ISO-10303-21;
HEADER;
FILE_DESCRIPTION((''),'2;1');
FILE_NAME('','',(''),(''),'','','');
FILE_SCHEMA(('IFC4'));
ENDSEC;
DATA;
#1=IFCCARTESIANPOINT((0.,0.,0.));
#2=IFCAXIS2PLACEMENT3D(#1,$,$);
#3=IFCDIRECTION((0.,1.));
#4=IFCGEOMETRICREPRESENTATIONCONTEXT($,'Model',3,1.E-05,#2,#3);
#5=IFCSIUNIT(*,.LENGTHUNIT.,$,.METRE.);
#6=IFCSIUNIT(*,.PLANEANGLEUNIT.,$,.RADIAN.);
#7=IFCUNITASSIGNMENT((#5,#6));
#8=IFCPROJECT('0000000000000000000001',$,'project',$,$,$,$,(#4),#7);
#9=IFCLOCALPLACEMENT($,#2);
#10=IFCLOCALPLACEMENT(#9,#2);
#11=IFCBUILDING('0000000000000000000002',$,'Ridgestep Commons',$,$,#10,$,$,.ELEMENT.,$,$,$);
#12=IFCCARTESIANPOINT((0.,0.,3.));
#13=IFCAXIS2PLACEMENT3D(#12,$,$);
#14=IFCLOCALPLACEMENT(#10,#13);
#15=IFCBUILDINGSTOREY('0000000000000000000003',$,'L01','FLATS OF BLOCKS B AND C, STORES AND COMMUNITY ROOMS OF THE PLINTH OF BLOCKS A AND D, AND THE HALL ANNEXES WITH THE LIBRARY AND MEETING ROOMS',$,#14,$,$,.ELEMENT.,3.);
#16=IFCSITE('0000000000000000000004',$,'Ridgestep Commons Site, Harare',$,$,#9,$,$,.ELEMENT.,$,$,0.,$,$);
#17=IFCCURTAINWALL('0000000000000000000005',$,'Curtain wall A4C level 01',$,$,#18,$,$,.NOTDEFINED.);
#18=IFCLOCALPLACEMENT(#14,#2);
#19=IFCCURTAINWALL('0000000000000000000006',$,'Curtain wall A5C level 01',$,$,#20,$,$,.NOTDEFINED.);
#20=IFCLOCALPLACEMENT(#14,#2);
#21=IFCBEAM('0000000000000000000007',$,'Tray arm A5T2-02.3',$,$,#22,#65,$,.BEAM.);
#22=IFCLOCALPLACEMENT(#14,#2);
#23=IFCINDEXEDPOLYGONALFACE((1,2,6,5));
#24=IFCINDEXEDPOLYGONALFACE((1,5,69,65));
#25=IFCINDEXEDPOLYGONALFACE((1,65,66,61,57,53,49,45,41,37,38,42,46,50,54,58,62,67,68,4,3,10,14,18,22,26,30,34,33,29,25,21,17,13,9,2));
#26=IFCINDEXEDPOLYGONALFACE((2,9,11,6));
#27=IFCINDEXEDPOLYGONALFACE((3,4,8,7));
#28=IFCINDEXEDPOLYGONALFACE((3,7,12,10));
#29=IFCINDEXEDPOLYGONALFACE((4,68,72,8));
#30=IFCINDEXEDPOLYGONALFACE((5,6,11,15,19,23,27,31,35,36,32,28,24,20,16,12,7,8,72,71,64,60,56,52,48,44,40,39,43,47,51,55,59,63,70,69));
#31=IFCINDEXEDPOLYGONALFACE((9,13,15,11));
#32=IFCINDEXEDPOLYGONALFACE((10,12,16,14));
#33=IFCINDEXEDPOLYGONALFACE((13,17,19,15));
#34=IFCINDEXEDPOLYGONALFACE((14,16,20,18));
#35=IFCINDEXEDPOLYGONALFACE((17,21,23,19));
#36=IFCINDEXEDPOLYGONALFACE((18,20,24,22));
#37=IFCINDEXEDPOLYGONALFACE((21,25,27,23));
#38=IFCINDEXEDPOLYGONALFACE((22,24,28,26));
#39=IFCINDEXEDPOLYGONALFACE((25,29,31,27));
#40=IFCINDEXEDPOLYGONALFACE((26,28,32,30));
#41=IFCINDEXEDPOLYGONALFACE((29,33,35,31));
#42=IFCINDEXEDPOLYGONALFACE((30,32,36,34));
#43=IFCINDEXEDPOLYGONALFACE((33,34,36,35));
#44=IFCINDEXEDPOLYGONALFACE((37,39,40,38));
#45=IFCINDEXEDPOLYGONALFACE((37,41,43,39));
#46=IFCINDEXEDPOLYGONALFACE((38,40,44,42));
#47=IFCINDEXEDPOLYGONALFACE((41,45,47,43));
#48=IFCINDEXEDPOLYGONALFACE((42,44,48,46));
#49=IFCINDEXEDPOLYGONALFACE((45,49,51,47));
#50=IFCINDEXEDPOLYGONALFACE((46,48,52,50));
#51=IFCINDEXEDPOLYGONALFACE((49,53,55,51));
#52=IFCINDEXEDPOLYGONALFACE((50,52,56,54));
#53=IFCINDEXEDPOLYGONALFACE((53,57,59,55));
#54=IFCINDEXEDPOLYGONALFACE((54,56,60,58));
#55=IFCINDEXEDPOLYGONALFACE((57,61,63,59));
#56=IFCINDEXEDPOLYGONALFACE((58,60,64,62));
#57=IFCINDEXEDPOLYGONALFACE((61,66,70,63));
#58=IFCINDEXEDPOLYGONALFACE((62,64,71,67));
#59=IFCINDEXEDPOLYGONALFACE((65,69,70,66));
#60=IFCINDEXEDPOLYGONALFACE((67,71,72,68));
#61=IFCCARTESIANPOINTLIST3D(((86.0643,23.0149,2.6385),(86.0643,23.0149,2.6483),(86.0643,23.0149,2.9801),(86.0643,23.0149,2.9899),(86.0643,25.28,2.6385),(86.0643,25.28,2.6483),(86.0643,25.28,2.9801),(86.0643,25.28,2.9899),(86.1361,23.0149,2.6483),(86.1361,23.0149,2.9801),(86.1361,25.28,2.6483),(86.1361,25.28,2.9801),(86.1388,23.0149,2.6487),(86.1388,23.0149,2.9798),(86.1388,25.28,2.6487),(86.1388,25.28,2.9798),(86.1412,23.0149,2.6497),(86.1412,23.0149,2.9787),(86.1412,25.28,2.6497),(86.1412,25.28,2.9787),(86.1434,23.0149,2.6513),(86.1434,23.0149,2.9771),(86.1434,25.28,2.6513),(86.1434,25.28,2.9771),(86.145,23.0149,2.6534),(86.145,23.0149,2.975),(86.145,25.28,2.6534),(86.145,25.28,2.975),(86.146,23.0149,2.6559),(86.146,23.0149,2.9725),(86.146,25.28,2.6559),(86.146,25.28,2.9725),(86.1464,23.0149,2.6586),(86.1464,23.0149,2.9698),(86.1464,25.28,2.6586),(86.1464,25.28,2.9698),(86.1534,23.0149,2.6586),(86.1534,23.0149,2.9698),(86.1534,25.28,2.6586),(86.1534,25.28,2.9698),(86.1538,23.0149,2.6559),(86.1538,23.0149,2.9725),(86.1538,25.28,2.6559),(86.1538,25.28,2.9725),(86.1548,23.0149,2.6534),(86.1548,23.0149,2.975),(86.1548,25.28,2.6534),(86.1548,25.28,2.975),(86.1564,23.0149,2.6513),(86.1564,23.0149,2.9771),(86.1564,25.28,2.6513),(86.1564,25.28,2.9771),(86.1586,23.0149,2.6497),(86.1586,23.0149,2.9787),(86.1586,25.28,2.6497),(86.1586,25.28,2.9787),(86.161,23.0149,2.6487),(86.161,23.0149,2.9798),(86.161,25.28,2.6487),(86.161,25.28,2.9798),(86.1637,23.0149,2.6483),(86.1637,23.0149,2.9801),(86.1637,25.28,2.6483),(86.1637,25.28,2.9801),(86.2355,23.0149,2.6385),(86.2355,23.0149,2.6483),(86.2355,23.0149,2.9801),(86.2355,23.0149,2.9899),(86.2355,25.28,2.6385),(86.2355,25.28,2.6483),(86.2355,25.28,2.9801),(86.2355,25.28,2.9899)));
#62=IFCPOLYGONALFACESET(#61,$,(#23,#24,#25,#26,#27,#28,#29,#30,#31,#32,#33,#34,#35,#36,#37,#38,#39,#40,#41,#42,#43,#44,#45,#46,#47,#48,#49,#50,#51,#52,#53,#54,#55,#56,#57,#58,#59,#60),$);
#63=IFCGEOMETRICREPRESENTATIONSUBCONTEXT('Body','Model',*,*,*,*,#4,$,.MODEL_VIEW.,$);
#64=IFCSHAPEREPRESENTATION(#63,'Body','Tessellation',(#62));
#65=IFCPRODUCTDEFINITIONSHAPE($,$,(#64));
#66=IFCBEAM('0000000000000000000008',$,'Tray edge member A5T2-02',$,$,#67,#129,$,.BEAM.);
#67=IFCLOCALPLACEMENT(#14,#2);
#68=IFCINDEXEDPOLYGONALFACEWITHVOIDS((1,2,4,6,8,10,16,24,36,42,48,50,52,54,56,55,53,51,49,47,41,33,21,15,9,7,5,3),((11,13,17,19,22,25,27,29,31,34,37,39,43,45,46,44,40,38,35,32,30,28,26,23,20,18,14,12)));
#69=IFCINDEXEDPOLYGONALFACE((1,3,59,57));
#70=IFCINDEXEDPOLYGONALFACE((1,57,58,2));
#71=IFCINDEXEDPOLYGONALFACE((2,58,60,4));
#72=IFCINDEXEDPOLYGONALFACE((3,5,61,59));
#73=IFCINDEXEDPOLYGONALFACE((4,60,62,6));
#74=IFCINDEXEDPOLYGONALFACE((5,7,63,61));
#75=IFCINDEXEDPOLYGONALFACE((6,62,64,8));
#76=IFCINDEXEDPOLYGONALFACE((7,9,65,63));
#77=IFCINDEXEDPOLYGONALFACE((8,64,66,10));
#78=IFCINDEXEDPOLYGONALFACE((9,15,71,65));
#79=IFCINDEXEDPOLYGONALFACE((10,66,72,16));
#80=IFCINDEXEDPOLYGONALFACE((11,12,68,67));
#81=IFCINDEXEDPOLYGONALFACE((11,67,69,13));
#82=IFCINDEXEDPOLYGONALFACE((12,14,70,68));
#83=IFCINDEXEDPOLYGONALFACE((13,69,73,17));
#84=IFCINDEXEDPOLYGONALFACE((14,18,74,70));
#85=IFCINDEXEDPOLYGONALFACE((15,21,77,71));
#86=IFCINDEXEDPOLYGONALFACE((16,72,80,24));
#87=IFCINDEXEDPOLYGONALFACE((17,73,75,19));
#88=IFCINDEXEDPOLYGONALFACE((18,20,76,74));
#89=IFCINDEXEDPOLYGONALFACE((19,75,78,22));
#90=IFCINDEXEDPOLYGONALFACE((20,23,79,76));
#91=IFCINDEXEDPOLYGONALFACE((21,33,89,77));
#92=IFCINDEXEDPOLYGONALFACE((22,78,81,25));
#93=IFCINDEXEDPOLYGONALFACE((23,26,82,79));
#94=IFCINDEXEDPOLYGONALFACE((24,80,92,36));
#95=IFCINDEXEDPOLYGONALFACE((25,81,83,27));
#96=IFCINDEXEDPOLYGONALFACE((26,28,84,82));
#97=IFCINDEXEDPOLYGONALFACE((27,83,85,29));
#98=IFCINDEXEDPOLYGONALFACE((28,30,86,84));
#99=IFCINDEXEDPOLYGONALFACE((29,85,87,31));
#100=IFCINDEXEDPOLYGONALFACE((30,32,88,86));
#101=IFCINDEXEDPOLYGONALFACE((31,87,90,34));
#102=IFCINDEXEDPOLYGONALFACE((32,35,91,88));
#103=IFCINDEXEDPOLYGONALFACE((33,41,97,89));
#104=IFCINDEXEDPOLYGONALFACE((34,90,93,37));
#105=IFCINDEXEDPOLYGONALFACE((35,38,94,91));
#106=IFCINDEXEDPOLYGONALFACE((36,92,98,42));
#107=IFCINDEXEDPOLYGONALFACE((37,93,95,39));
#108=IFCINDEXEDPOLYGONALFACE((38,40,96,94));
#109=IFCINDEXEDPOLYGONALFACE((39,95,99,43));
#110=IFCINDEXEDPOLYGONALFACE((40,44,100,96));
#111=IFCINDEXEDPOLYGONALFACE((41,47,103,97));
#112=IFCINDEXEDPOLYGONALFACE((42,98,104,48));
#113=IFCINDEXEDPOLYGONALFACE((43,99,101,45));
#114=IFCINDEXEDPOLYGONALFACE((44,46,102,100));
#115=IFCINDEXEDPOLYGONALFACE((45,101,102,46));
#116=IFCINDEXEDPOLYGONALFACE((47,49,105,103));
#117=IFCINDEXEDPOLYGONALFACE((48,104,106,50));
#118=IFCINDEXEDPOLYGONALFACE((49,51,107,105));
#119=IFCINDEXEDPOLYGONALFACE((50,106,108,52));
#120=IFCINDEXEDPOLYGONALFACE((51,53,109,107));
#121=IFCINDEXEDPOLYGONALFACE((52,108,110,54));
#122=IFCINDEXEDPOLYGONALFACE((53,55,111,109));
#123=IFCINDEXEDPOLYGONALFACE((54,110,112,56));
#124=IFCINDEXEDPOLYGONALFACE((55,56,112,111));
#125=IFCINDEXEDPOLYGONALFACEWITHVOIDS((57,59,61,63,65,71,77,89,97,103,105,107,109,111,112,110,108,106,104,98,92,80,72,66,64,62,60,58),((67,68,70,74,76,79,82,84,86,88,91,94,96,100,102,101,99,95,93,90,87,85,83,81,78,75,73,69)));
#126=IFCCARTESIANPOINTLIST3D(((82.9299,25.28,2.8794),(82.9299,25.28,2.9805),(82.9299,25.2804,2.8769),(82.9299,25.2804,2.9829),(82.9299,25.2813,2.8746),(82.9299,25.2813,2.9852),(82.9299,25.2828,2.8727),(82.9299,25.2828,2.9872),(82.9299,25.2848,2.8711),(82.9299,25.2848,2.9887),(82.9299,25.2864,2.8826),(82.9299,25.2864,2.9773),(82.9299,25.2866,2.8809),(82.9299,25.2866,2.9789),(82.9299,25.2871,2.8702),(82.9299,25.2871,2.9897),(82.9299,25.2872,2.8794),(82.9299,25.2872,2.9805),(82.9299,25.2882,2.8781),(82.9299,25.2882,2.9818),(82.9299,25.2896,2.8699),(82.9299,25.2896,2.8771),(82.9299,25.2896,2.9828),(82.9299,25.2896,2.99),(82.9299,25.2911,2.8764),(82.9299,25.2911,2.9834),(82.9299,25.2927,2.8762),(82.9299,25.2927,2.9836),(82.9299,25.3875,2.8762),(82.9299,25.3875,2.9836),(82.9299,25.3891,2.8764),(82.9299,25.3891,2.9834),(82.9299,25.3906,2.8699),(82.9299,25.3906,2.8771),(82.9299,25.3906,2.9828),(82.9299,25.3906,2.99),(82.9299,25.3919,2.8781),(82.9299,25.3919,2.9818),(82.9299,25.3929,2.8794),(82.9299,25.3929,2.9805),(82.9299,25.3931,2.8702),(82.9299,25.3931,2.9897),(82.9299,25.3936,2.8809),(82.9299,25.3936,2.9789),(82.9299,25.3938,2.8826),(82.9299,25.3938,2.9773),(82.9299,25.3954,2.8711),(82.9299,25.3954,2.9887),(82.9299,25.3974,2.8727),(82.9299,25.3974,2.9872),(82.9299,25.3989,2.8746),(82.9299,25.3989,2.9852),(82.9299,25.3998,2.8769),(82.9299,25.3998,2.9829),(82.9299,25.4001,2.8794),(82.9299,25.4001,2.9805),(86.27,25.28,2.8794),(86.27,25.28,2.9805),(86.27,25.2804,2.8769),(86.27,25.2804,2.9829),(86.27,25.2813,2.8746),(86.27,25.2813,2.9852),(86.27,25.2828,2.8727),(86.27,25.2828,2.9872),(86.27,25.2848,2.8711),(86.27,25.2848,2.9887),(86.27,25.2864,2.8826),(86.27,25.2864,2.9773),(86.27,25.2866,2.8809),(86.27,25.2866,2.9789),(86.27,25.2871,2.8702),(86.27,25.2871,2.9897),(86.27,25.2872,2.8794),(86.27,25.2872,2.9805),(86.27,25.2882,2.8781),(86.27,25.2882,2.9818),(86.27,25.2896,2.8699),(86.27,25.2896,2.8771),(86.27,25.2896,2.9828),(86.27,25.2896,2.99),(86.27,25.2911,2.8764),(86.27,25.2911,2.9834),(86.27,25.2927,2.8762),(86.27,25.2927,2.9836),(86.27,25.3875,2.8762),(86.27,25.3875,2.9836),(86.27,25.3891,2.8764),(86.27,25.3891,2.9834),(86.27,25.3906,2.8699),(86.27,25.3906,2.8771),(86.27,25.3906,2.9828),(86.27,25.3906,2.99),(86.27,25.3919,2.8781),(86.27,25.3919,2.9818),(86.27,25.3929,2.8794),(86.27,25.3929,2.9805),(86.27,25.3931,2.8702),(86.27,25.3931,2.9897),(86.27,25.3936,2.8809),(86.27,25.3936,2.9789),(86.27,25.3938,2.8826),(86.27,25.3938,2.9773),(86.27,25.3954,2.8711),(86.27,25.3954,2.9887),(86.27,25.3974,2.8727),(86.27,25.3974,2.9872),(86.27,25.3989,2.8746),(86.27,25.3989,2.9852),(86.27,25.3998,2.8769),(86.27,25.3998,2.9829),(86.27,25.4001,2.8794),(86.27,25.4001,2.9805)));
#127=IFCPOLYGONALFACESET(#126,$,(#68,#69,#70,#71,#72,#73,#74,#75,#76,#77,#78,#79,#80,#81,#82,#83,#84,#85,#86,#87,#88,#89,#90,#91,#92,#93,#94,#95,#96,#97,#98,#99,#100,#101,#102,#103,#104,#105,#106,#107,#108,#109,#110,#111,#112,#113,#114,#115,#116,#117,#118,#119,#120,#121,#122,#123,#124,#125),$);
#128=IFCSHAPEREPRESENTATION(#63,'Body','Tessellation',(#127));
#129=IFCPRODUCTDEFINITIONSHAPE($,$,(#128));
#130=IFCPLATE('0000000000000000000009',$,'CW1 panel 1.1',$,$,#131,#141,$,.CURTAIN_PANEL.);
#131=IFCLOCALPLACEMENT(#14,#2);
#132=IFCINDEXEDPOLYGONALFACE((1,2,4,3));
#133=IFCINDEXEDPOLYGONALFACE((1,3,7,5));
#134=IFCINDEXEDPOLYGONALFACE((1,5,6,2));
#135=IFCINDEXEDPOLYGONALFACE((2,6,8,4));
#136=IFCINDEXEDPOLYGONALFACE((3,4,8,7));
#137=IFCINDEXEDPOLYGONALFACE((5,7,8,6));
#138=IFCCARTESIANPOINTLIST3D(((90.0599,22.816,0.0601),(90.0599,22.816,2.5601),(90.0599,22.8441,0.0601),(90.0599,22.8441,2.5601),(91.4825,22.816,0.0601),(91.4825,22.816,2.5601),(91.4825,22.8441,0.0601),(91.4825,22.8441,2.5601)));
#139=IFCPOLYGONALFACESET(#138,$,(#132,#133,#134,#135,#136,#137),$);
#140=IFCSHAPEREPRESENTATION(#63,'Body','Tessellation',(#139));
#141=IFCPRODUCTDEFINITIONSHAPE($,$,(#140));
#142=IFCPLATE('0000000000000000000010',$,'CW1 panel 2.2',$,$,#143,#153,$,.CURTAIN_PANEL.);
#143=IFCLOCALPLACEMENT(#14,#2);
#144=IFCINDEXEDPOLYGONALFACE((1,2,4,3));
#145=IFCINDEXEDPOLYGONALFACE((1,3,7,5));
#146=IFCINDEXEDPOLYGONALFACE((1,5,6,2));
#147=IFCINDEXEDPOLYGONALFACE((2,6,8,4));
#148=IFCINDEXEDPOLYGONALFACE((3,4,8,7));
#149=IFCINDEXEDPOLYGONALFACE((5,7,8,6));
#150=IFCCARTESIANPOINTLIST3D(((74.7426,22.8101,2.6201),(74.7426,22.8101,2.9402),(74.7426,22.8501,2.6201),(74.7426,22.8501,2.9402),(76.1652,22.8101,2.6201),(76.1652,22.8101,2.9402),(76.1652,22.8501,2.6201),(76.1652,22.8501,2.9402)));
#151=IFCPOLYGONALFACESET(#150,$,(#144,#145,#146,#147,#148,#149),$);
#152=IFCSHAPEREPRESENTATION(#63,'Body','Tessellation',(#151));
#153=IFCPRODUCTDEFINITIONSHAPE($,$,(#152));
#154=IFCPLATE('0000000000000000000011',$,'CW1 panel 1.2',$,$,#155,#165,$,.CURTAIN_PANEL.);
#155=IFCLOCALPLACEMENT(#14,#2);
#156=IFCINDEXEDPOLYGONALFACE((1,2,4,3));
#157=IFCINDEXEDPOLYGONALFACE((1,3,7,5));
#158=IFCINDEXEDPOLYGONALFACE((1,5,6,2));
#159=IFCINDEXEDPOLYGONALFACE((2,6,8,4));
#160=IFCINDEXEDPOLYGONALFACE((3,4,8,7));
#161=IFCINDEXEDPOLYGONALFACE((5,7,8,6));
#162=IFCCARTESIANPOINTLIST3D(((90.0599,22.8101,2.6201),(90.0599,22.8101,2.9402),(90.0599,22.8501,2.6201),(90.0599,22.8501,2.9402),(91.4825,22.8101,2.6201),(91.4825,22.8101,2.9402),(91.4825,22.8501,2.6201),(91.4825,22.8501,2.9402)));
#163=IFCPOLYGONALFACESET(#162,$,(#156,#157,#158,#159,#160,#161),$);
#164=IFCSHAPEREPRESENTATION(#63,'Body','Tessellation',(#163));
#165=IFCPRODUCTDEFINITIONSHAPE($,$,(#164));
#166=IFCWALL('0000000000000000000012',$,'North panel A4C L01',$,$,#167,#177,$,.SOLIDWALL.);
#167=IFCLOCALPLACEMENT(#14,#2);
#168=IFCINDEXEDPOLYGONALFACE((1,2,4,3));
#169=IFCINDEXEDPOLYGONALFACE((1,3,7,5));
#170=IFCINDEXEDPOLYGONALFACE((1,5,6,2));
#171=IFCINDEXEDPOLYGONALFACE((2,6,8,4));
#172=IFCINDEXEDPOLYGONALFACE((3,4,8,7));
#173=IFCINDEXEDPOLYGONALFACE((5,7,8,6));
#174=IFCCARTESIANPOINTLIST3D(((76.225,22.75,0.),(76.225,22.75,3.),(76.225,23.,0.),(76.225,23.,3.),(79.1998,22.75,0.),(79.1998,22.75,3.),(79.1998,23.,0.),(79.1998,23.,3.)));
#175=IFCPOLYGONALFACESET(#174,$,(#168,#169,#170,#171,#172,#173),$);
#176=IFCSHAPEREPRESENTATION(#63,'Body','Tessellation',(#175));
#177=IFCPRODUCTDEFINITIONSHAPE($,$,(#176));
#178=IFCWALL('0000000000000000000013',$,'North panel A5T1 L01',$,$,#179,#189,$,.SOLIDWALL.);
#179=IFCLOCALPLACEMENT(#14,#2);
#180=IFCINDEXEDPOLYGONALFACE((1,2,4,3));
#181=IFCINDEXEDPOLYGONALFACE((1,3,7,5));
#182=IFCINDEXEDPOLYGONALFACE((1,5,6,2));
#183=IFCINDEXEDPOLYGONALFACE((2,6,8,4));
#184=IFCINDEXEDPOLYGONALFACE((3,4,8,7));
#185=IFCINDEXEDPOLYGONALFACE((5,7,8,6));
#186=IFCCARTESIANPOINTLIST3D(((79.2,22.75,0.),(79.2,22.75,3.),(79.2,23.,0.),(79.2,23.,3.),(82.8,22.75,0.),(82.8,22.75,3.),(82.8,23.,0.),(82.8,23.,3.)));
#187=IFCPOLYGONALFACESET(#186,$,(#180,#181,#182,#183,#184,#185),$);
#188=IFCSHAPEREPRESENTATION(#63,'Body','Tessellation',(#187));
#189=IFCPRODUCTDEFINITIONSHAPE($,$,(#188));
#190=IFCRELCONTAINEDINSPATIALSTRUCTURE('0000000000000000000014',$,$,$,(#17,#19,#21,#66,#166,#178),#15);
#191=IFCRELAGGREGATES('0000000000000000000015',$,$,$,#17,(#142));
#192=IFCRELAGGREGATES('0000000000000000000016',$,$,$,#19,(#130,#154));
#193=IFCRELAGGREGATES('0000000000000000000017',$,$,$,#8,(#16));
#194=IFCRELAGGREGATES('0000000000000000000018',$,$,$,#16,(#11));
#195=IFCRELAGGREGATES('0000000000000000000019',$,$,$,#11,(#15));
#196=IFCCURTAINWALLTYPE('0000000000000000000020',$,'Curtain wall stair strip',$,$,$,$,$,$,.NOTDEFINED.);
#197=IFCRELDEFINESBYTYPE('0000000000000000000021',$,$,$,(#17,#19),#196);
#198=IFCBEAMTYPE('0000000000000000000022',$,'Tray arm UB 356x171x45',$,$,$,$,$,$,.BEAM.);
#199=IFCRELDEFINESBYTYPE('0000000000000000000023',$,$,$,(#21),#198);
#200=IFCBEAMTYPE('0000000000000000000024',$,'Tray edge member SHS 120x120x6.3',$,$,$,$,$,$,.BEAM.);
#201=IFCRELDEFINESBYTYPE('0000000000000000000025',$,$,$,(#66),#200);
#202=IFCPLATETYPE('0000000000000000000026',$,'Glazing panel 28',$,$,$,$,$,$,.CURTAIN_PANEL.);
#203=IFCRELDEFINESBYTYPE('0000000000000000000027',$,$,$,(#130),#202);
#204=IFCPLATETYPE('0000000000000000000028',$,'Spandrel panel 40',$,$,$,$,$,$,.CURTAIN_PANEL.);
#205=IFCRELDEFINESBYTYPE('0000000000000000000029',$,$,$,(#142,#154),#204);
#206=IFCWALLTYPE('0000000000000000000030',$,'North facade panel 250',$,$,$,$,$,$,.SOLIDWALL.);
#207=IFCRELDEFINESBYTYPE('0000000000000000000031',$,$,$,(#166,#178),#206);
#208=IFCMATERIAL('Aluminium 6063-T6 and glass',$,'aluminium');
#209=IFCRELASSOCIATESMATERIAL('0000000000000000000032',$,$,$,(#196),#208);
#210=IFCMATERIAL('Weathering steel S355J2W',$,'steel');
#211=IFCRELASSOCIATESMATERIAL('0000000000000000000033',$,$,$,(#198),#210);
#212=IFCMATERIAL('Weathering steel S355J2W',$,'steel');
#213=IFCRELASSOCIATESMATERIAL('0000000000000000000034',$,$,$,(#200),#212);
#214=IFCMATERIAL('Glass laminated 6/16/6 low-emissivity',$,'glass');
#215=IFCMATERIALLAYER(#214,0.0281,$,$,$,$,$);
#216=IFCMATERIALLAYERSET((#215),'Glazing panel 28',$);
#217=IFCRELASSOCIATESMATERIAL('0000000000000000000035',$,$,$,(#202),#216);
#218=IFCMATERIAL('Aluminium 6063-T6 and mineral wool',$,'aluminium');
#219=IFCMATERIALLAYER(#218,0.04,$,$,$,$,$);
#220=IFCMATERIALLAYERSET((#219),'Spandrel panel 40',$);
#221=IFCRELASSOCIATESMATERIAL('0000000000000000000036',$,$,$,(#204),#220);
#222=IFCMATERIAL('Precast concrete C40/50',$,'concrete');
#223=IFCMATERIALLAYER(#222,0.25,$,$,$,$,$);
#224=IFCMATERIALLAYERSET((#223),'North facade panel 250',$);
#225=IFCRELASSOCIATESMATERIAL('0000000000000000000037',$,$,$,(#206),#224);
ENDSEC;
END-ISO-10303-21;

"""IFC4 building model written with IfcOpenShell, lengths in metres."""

from ifc_helpers import new_model, si_unit, direction, frame, frame_2d, origin, origin_2d, place, context, subcontext, project, spatial, rectangle, hollow_rectangle, i_section, extrude, material, layer, layer_set, material_profile, profile_set, type_object, element, aggregate, save


model = new_model("IFC4")

# Units and contexts
model_context = context("Model", 3, precision=1e-05, world=origin(), true_north=direction((0.0, 1.0)))
body_context = subcontext(model_context, "Body", "Model", "MODEL_VIEW")
ifc_project = project(units=[si_unit("LENGTHUNIT", "METRE"), si_unit("PLANEANGLEUNIT", "RADIAN")], contexts=[model_context])

# Site, building, storey
site_placement = place(None, origin())
site = spatial("IfcSite", under=ifc_project, at=site_placement, Name="Ridgestep Commons Site, Harare", CompositionType="ELEMENT", RefElevation=0.0)
building_placement = place(site_placement, origin())
building = spatial("IfcBuilding", under=site, at=building_placement, Name="Ridgestep Commons", CompositionType="ELEMENT")
storey_placement = place(building_placement, frame((0.0, 0.0, 3.0)))
storey = spatial("IfcBuildingStorey", under=building, at=storey_placement, Name="L01", Description="FLATS OF BLOCKS B AND C, STORES AND COMMUNITY ROOMS OF THE PLINTH OF BLOCKS A AND D, AND THE HALL ANNEXES WITH THE LIBRARY AND MEETING ROOMS", CompositionType="ELEMENT", Elevation=3.0)

# Curtain wall
ifc_material_1 = material(Name="Aluminium 6063-T6 and glass", Category="aluminium")
curtain_wall_type = type_object("IfcCurtainWallType", Name="Curtain wall stair strip", PredefinedType="NOTDEFINED", material=ifc_material_1)
curtain_wall_1_placement = place(storey_placement, origin())
curtain_wall_1 = element("IfcCurtainWall", 1, at=curtain_wall_1_placement, inside=storey, type_object=curtain_wall_type, Name="Curtain wall A4C level 01", PredefinedType="NOTDEFINED")

# Curtain wall
curtain_wall_2_placement = place(storey_placement, origin())
curtain_wall_2 = element("IfcCurtainWall", 2, at=curtain_wall_2_placement, inside=storey, type_object=curtain_wall_type, Name="Curtain wall A5C level 01", PredefinedType="NOTDEFINED")

# Beams
ifc_material_2 = material(Name="Weathering steel S355J2W", Category="steel")
ifc_material_profile_1 = material_profile(ifc_material_2, i_section(OverallWidth=0.1711, OverallDepth=0.3513, WebThickness=0.0071, FlangeThickness=0.0098, FilletRadius=0.0103, at=origin_2d()), Name="UB 356x171x45")
ifc_profile_set_1 = profile_set([ifc_material_profile_1], Name="Weathering steel S355J2W")
beam_type_1 = type_object("IfcBeamType", Name="Tray arm UB 356x171x45", PredefinedType="BEAM", material=ifc_profile_set_1)
for number, where, z_axis, x_axis, name in (
    (3, (86.1499, 23.0149, 2.8142), (0.0, 1.0, 0.0), (-1.0, 0.0, 0.0), "Tray arm A5T2-02.3"),
):
    element("IfcBeam", number, at=place(storey_placement, frame(where, z_axis=z_axis, x_axis=x_axis)), inside=storey, type_object=beam_type_1, Name=name, PredefinedType="BEAM", context=body_context, shape_type="SweptSolid", body=[
        extrude(i_section(OverallWidth=0.1711, OverallDepth=0.3513, WebThickness=0.0071, FlangeThickness=0.0098, FilletRadius=0.0103, at=origin_2d()), origin(), (0.0, 0.0, 1.0), 2.2651),
    ])
ifc_material_3 = material(Name="Weathering steel S355J2W", Category="steel")
ifc_material_profile_2 = material_profile(ifc_material_3, hollow_rectangle(XDim=0.1201, YDim=0.1201, WallThickness=0.0063, InnerFilletRadius=0.0063, OuterFilletRadius=0.0095, at=origin_2d()), Name="SHS 120x120x6.3")
ifc_profile_set_2 = profile_set([ifc_material_profile_2], Name="Weathering steel S355J2W")
beam_type_2 = type_object("IfcBeamType", Name="Tray edge member SHS 120x120x6.3", PredefinedType="BEAM", material=ifc_profile_set_2)
beam_placement = place(storey_placement, frame((82.9299, 25.3401, 2.9299), z_axis=(1.0, 0.0, 0.0), x_axis=(0.0, 0.0, 1.0)))
element("IfcBeam", 4, at=beam_placement, inside=storey, type_object=beam_type_2, Name="Tray edge member A5T2-02", PredefinedType="BEAM", context=body_context, shape_type="SweptSolid", body=[
    extrude(hollow_rectangle(XDim=0.1201, YDim=0.1201, WallThickness=0.0063, InnerFilletRadius=0.0063, OuterFilletRadius=0.0095, at=origin_2d()), origin(), (0.0, 0.0, 1.0), 3.3401),
])

# Plates
ifc_material_4 = material(Name="Glass laminated 6/16/6 low-emissivity", Category="glass")
ifc_layer_1 = layer(ifc_material_4, 0.0281)
ifc_layer_set_1 = layer_set([ifc_layer_1], Name="Glazing panel 28")
plate_type_1 = type_object("IfcPlateType", Name="Glazing panel 28", PredefinedType="CURTAIN_PANEL", material=ifc_layer_set_1)
plate_1_placement = place(storey_placement, frame((90.7712, 22.8301, 0.0601), z_axis=(0.0, 0.0, 1.0), x_axis=(1.0, 0.0, 0.0)))
plate_1 = element("IfcPlate", 5, at=plate_1_placement, type_object=plate_type_1, Name="CW1 panel 1.1", PredefinedType="CURTAIN_PANEL", context=body_context, shape_type="SweptSolid", body=[
    extrude(rectangle(XDim=1.4226, YDim=0.0281, at=origin_2d()), origin(), (0.0, 0.0, 1.0), 2.5),
])
ifc_material_5 = material(Name="Aluminium 6063-T6 and mineral wool", Category="aluminium")
ifc_layer_2 = layer(ifc_material_5, 0.04)
ifc_layer_set_2 = layer_set([ifc_layer_2], Name="Spandrel panel 40")
plate_type_2 = type_object("IfcPlateType", Name="Spandrel panel 40", PredefinedType="CURTAIN_PANEL", material=ifc_layer_set_2)
plate_2_placement = place(storey_placement, frame((75.4539, 22.8301, 2.6201), z_axis=(0.0, 0.0, 1.0), x_axis=(1.0, 0.0, 0.0)))
plate_2 = element("IfcPlate", 6, at=plate_2_placement, type_object=plate_type_2, Name="CW1 panel 2.2", PredefinedType="CURTAIN_PANEL", context=body_context, shape_type="SweptSolid", body=[
    extrude(rectangle(XDim=1.4226, YDim=0.04, at=origin_2d()), origin(), (0.0, 0.0, 1.0), 0.3201),
])
aggregate(curtain_wall_1, [plate_2])
plate_3_placement = place(storey_placement, frame((90.7712, 22.8301, 2.6201), z_axis=(0.0, 0.0, 1.0), x_axis=(1.0, 0.0, 0.0)))
plate_3 = element("IfcPlate", 7, at=plate_3_placement, type_object=plate_type_2, Name="CW1 panel 1.2", PredefinedType="CURTAIN_PANEL", context=body_context, shape_type="SweptSolid", body=[
    extrude(rectangle(XDim=1.4226, YDim=0.04, at=origin_2d()), origin(), (0.0, 0.0, 1.0), 0.3201),
])
aggregate(curtain_wall_2, [plate_1, plate_3])

# Walls
ifc_material_6 = material(Name="Precast concrete C40/50", Category="concrete")
ifc_layer_3 = layer(ifc_material_6, 0.25)
ifc_layer_set_3 = layer_set([ifc_layer_3], Name="North facade panel 250")
wall_type = type_object("IfcWallType", Name="North facade panel 250", PredefinedType="SOLIDWALL", material=ifc_layer_set_3)
wall_1_placement = place(storey_placement, frame((76.2251, 22.875, 0.0), z_axis=(0.0, 0.0, 1.0), x_axis=(1.0, 0.0, 0.0)))
element("IfcWall", 8, at=wall_1_placement, inside=storey, type_object=wall_type, Name="North panel A4C L01", PredefinedType="SOLIDWALL", context=body_context, shape_type="SweptSolid", body=[
    extrude(rectangle(XDim=2.9749, YDim=0.25, at=frame_2d((1.4873, 0.0))), origin(), (0.0, 0.0, 1.0), 3.0),
])
wall_2_placement = place(storey_placement, frame((79.2, 22.875, 0.0), z_axis=(0.0, 0.0, 1.0), x_axis=(1.0, 0.0, 0.0)))
element("IfcWall", 9, at=wall_2_placement, inside=storey, type_object=wall_type, Name="North panel A5T1 L01", PredefinedType="SOLIDWALL", context=body_context, shape_type="SweptSolid", body=[
    extrude(rectangle(XDim=3.6001, YDim=0.25, at=frame_2d((1.8, 0.0))), origin(), (0.0, 0.0, 1.0), 3.0),
])

save(model, "model.ifc")
